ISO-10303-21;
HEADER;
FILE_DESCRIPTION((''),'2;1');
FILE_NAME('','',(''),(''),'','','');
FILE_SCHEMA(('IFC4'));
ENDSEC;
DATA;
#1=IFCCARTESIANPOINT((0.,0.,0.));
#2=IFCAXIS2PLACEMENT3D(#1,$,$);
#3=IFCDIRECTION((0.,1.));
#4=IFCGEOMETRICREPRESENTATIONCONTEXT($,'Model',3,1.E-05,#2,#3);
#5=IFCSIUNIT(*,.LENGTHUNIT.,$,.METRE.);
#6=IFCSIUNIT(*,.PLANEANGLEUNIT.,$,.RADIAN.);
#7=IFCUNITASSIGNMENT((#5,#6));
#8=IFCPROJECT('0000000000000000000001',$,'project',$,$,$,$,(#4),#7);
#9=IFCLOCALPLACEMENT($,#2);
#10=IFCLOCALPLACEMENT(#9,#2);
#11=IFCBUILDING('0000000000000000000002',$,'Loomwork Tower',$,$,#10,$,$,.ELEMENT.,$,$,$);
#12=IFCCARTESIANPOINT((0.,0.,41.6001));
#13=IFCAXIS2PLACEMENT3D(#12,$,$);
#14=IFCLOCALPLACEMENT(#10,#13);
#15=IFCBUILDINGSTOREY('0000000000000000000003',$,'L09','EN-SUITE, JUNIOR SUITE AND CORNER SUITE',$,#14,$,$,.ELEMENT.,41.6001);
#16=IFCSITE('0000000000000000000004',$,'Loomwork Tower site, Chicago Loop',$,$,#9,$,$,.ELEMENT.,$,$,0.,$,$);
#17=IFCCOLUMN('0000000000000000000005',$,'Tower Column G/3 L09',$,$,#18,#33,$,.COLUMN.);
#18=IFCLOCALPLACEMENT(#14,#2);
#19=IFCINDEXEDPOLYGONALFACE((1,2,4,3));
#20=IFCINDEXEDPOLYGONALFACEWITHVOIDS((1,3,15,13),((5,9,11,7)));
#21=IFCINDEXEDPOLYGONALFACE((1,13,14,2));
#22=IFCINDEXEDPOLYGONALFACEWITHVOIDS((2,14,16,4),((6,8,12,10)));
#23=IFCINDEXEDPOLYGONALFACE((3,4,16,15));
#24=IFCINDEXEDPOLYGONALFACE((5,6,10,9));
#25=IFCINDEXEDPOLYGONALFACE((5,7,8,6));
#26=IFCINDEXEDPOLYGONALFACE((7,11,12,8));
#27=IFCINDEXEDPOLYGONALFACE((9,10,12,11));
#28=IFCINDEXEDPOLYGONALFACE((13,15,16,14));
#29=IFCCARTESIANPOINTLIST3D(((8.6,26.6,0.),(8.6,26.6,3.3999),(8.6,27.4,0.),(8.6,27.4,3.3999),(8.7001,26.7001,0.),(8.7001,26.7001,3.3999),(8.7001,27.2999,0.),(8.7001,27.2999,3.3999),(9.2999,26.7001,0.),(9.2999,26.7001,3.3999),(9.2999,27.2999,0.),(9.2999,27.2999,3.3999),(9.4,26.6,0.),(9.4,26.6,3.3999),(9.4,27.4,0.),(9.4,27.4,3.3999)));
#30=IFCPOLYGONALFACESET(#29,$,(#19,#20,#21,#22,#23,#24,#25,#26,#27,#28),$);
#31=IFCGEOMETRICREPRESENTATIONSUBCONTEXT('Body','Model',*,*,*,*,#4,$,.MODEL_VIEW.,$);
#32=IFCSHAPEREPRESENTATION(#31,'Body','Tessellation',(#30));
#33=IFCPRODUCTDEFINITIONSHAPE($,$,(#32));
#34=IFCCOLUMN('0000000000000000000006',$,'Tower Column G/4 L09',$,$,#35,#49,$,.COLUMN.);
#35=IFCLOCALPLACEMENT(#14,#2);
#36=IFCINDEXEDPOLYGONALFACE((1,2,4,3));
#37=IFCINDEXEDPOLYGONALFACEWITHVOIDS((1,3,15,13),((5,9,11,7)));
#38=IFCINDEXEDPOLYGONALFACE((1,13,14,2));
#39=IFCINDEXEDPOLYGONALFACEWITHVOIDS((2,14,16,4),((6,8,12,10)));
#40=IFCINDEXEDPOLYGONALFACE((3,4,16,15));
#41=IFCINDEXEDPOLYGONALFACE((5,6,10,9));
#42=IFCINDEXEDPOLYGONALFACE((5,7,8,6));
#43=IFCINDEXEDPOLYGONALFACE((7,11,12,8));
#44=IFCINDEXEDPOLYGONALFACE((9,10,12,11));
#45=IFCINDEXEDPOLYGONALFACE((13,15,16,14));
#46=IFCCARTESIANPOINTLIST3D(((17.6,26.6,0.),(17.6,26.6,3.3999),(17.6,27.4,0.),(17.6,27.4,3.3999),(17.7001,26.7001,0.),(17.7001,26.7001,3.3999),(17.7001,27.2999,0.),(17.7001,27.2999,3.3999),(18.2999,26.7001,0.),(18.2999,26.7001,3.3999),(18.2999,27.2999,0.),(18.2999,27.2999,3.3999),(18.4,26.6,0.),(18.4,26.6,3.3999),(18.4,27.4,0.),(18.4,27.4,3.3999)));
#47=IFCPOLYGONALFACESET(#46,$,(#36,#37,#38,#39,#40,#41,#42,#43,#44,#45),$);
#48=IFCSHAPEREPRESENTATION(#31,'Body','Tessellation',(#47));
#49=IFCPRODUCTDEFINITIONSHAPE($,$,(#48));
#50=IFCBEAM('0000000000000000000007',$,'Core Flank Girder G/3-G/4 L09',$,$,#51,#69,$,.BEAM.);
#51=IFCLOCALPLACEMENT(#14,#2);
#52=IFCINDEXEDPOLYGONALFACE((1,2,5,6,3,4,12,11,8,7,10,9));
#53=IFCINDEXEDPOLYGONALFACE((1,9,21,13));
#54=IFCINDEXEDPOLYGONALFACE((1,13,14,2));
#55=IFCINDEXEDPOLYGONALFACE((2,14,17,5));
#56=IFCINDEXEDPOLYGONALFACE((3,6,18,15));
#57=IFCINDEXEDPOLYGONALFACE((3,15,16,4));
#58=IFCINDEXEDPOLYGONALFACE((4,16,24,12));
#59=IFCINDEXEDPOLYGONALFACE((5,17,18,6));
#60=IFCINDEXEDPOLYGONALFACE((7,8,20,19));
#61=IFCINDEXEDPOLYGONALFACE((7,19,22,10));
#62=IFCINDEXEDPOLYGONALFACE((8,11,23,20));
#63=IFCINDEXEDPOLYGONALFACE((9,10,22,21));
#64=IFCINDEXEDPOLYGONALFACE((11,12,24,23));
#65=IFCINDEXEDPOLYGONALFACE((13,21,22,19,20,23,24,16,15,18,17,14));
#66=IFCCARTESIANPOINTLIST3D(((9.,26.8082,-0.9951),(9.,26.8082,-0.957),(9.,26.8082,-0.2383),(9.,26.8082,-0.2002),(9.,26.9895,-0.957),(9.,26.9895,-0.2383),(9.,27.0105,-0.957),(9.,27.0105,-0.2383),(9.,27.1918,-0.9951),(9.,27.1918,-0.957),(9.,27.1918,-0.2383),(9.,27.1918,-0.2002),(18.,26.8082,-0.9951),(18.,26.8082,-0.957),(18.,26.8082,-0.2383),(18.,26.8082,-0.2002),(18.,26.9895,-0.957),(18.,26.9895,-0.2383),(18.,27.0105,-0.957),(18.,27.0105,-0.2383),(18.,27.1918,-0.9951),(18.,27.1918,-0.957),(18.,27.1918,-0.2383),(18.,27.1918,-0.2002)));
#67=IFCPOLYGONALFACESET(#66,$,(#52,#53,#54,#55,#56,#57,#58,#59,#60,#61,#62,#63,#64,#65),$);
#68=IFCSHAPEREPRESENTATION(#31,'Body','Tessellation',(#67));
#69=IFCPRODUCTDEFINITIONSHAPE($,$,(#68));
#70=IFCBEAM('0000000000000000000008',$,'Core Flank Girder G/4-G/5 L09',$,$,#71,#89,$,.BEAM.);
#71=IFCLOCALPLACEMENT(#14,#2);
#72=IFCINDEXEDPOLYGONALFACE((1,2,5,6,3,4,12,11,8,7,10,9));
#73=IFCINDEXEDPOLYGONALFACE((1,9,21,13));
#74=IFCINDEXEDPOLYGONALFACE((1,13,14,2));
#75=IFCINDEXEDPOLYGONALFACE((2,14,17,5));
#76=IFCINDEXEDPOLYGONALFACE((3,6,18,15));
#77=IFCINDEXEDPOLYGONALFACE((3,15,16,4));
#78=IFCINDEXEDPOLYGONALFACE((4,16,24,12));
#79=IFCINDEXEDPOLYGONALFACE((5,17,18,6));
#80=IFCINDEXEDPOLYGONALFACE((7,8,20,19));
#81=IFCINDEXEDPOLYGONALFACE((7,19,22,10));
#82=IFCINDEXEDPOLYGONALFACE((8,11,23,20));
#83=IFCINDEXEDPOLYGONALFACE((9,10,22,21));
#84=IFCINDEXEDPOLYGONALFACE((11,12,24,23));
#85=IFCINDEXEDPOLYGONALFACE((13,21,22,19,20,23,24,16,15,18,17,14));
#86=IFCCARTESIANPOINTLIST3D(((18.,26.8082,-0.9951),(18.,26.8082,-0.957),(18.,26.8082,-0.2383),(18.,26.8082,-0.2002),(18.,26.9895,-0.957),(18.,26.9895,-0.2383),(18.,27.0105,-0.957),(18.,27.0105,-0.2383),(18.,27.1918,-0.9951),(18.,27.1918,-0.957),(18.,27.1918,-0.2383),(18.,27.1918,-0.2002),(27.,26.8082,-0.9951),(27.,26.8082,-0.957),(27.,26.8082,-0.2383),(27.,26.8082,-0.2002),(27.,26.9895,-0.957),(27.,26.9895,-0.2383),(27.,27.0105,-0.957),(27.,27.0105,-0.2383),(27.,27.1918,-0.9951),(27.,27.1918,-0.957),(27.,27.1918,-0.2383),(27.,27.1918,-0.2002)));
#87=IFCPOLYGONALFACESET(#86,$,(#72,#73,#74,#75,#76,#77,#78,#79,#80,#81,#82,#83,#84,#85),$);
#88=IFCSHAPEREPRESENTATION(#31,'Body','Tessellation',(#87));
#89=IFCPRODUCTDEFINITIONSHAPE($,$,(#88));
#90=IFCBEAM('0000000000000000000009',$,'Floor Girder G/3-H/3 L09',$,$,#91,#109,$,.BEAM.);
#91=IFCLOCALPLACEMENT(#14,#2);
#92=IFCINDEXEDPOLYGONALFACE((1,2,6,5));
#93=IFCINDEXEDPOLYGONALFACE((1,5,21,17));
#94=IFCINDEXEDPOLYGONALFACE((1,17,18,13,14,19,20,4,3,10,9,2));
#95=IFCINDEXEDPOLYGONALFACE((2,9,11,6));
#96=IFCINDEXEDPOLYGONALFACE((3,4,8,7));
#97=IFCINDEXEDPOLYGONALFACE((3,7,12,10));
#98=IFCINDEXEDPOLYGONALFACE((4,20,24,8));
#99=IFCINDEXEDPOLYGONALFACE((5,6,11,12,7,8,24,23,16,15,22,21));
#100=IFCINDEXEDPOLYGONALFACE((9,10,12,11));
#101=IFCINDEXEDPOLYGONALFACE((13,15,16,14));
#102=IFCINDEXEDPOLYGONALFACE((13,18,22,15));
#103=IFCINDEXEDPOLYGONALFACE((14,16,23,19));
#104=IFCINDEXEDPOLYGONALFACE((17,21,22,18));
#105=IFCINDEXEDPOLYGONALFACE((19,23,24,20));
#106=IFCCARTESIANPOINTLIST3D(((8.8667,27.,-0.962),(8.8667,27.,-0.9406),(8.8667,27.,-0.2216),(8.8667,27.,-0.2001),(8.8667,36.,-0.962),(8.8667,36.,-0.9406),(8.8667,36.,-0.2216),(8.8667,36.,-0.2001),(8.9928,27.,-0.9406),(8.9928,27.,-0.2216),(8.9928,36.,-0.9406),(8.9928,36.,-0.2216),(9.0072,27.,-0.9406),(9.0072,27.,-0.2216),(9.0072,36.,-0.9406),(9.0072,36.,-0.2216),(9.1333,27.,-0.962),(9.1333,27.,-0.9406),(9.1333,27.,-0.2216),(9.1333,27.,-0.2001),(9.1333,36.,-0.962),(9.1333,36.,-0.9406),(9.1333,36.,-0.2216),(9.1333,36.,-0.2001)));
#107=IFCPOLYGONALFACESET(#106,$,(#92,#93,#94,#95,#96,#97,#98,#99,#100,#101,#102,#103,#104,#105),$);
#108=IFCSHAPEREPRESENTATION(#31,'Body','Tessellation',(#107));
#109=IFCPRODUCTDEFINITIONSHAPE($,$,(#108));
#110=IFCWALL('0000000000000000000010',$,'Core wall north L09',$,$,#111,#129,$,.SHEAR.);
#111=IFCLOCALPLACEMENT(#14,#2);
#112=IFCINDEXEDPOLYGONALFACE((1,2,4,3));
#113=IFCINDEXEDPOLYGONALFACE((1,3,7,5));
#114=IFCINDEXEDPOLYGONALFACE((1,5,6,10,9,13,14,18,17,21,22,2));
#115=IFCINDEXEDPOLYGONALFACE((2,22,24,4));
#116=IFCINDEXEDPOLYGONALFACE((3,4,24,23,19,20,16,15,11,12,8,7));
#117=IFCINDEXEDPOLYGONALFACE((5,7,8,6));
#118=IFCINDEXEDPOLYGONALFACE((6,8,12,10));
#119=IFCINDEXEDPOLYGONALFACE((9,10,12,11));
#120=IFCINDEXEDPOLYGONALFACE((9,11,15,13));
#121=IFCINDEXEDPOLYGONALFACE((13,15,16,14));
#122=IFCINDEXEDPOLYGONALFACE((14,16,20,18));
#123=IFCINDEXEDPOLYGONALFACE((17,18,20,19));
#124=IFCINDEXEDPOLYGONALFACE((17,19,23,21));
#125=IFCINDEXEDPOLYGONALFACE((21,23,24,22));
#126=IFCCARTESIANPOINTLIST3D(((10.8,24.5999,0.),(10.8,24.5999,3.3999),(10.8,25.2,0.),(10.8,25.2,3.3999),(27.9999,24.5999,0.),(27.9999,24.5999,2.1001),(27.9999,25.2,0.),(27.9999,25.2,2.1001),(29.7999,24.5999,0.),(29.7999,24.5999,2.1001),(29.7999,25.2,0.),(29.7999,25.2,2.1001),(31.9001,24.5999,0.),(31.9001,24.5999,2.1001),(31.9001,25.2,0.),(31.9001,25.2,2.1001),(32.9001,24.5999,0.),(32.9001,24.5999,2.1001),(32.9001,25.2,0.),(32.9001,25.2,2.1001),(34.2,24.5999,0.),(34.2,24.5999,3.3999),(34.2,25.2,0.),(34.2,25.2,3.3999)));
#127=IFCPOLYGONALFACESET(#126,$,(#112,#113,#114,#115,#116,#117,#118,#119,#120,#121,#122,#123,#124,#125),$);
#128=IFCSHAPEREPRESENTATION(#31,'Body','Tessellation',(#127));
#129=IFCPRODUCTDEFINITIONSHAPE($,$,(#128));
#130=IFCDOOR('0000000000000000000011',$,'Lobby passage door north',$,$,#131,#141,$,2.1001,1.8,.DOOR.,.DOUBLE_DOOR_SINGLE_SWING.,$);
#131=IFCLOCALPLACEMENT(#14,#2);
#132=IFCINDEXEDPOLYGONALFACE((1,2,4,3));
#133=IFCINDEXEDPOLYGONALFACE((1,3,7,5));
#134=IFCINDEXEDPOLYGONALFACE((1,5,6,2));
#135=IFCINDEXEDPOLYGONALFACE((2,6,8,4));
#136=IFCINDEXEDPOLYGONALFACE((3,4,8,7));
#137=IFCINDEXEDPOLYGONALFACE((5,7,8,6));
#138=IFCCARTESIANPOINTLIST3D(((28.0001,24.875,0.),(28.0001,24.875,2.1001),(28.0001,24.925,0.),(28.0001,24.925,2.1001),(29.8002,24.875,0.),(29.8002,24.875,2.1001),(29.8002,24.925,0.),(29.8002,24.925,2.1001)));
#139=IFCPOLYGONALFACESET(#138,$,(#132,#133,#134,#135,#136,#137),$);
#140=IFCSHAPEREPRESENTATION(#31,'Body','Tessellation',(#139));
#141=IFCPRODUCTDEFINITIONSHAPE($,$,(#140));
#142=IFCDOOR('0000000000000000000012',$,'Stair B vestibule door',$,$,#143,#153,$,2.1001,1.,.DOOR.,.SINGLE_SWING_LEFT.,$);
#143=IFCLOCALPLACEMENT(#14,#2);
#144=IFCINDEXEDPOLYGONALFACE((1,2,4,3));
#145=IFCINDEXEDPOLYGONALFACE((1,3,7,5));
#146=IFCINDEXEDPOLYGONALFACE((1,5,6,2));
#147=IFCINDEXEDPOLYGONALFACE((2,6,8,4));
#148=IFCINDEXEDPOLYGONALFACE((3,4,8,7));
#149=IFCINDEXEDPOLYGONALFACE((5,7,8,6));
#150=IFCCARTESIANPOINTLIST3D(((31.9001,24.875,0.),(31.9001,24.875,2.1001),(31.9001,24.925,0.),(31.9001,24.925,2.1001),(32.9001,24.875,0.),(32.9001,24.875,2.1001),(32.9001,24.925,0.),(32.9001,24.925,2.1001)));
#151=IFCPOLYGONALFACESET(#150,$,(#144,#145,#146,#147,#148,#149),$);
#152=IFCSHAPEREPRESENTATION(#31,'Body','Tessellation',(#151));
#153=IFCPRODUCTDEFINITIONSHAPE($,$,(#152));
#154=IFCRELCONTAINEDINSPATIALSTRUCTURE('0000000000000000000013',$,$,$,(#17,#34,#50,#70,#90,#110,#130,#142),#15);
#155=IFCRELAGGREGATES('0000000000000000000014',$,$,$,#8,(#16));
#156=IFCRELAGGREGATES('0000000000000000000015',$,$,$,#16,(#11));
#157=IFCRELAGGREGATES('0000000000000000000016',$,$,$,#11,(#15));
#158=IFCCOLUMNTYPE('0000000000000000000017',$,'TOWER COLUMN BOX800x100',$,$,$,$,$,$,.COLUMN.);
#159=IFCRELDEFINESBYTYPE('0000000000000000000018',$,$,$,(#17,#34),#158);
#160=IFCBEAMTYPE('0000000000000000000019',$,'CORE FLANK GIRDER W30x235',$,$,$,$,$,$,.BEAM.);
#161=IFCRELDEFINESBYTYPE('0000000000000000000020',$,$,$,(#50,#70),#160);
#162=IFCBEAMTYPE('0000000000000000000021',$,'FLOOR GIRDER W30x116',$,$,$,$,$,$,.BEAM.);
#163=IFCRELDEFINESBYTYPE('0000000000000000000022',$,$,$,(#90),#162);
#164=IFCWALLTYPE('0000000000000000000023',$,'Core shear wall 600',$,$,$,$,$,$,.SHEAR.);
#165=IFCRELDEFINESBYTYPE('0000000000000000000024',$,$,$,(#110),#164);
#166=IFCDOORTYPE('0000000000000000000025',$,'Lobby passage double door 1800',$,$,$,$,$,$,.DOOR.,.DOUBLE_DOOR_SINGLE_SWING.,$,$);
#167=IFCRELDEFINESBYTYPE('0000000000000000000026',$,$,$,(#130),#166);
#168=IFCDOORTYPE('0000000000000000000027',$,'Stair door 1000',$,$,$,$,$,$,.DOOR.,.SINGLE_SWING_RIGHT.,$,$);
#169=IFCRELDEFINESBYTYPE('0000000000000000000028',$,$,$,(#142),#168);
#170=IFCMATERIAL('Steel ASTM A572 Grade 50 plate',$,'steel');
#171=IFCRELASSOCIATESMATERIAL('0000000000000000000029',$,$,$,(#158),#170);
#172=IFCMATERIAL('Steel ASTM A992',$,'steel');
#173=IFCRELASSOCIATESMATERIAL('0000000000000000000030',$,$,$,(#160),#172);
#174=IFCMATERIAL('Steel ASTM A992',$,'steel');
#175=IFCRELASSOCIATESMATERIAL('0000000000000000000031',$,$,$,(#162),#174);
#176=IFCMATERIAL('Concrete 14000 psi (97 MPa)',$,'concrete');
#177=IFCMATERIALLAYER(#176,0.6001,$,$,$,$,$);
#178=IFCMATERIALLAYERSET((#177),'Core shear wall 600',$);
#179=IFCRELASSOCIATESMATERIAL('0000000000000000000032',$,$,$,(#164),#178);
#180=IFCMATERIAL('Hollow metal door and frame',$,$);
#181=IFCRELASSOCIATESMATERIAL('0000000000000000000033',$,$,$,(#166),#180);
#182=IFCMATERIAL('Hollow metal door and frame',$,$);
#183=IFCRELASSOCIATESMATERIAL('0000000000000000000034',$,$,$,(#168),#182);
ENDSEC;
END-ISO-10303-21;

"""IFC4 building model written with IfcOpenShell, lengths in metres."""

from ifc_helpers import new_model, si_unit, direction, frame, frame_2d, origin, origin_2d, place, context, subcontext, project, spatial, rectangle, hollow_rectangle, i_section, extrude, material, layer, layer_set, material_profile, profile_set, type_object, element, fill, save


model = new_model("IFC4")

# Units and contexts
model_context = context("Model", 3, precision=1e-05, world=origin(), true_north=direction((0.0, 1.0)))
body_context = subcontext(model_context, "Body", "Model", "MODEL_VIEW")
ifc_project = project(units=[si_unit("LENGTHUNIT", "METRE"), si_unit("PLANEANGLEUNIT", "RADIAN")], contexts=[model_context])

# Site, building, storey
site_placement = place(None, origin())
site = spatial("IfcSite", under=ifc_project, at=site_placement, Name="Loomwork Tower site, Chicago Loop", CompositionType="ELEMENT", RefElevation=0.0)
building_placement = place(site_placement, origin())
building = spatial("IfcBuilding", under=site, at=building_placement, Name="Loomwork Tower", CompositionType="ELEMENT")
storey_placement = place(building_placement, frame((0.0, 0.0, 41.6001)))
storey = spatial("IfcBuildingStorey", under=building, at=storey_placement, Name="L09", Description="EN-SUITE, JUNIOR SUITE AND CORNER SUITE", CompositionType="ELEMENT", Elevation=41.6001)

# Columns
ifc_material_1 = material(Name="Steel ASTM A572 Grade 50 plate", Category="steel")
ifc_material_profile_1 = material_profile(ifc_material_1, hollow_rectangle(XDim=0.8, YDim=0.8, WallThickness=0.1001, at=origin_2d()), Name="BOX800x100")
ifc_profile_set_1 = profile_set([ifc_material_profile_1], Name="Steel ASTM A572 Grade 50 plate")
column_type = type_object("IfcColumnType", Name="TOWER COLUMN BOX800x100", PredefinedType="COLUMN", material=ifc_profile_set_1)
for number, where, z_axis, x_axis, name in (
    (1, (9.0, 27.0, 0.0), (0.0, 0.0, 1.0), (1.0, 0.0, 0.0), "Tower Column G/3 L09"),
    (2, (18.0, 27.0, 0.0), (0.0, 0.0, 1.0), (1.0, 0.0, 0.0), "Tower Column G/4 L09"),
):
    element("IfcColumn", number, at=place(storey_placement, frame(where, z_axis=z_axis, x_axis=x_axis)), inside=storey, type_object=column_type, Name=name, PredefinedType="COLUMN", context=body_context, shape_type="SweptSolid", body=[
        extrude(hollow_rectangle(XDim=0.8, YDim=0.8, WallThickness=0.1001, at=origin_2d()), origin(), (0.0, 0.0, 1.0), 3.3999),
    ])

# Beams
ifc_material_2 = material(Name="Steel ASTM A992", Category="steel")
ifc_material_profile_2 = material_profile(ifc_material_2, i_section(OverallWidth=0.3835, OverallDepth=0.7949, WebThickness=0.021, FlangeThickness=0.0381, at=origin_2d()), Name="W30x235")
ifc_profile_set_2 = profile_set([ifc_material_profile_2], Name="Steel ASTM A992")
beam_type_1 = type_object("IfcBeamType", Name="CORE FLANK GIRDER W30x235", PredefinedType="BEAM", material=ifc_profile_set_2)
for number, where, z_axis, x_axis, name in (
    (3, (9.0, 27.0, -0.5977), (1.0, 0.0, 0.0), (0.0, 1.0, 0.0), "Core Flank Girder G/3-G/4 L09"),
    (4, (18.0, 27.0, -0.5977), (1.0, 0.0, 0.0), (0.0, 1.0, 0.0), "Core Flank Girder G/4-G/5 L09"),
):
    element("IfcBeam", number, at=place(storey_placement, frame(where, z_axis=z_axis, x_axis=x_axis)), inside=storey, type_object=beam_type_1, Name=name, PredefinedType="BEAM", context=body_context, shape_type="SweptSolid", body=[
        extrude(i_section(OverallWidth=0.3835, OverallDepth=0.7949, WebThickness=0.021, FlangeThickness=0.0381, at=origin_2d()), origin(), (0.0, 0.0, 1.0), 9.0),
    ])
ifc_material_3 = material(Name="Steel ASTM A992", Category="steel")
ifc_material_profile_3 = material_profile(ifc_material_3, i_section(OverallWidth=0.2666, OverallDepth=0.762, WebThickness=0.0144, FlangeThickness=0.0215, at=origin_2d()), Name="W30x116")
ifc_profile_set_3 = profile_set([ifc_material_profile_3], Name="Steel ASTM A992")
beam_type_2 = type_object("IfcBeamType", Name="FLOOR GIRDER W30x116", PredefinedType="BEAM", material=ifc_profile_set_3)
beam_placement = place(storey_placement, frame((9.0, 27.0, -0.5811), z_axis=(0.0, 1.0, 0.0), x_axis=(-1.0, 0.0, 0.0)))
element("IfcBeam", 5, at=beam_placement, inside=storey, type_object=beam_type_2, Name="Floor Girder G/3-H/3 L09", PredefinedType="BEAM", context=body_context, shape_type="SweptSolid", body=[
    extrude(i_section(OverallWidth=0.2666, OverallDepth=0.762, WebThickness=0.0144, FlangeThickness=0.0215, at=origin_2d()), origin(), (0.0, 0.0, 1.0), 9.0),
])

# Wall, openings, doors
ifc_material_4 = material(Name="Concrete 14000 psi (97 MPa)", Category="concrete")
ifc_layer_1 = layer(ifc_material_4, 0.6001)
ifc_layer_set_1 = layer_set([ifc_layer_1], Name="Core shear wall 600")
wall_type_1 = type_object("IfcWallType", Name="Core shear wall 600", PredefinedType="SHEAR", material=ifc_layer_set_1)
wall_1_placement = place(storey_placement, frame((10.8, 24.8999, 0.0), z_axis=(0.0, 0.0, 1.0), x_axis=(1.0, 0.0, 0.0)))
wall_1 = element("IfcWall", 6, at=wall_1_placement, inside=storey, type_object=wall_type_1, Name="Core wall north L09", PredefinedType="SHEAR", context=body_context, shape_type="SweptSolid", body=[
    extrude(rectangle(XDim=23.3999, YDim=0.6001, at=frame_2d((11.7, 0.0))), origin(), (0.0, 0.0, 1.0), 3.3999),
])
opening_1_placement = place(wall_1_placement, frame((17.2, 0.0, 0.0)))
opening_1 = element("IfcOpeningElement", 7, at=opening_1_placement, cuts=wall_1, PredefinedType="OPENING", context=body_context, shape_type="SweptSolid", body=[
    extrude(rectangle(XDim=1.8, YDim=2.1001, at=frame_2d((0.8999, 1.05))), frame((0.0, 0.3101, 0.0), z_axis=(0.0, -1.0, 0.0), x_axis=(1.0, 0.0, 0.0)), (0.0, 0.0, 1.0), 0.6201),
])
opening_2_placement = place(wall_1_placement, frame((21.1001, 0.0, 0.0)))
opening_2 = element("IfcOpeningElement", 8, at=opening_2_placement, cuts=wall_1, PredefinedType="OPENING", context=body_context, shape_type="SweptSolid", body=[
    extrude(rectangle(XDim=1.0, YDim=2.1001, at=frame_2d((0.5, 1.05))), frame((0.0, 0.3101, 0.0), z_axis=(0.0, -1.0, 0.0), x_axis=(1.0, 0.0, 0.0)), (0.0, 0.0, 1.0), 0.6201),
])
ifc_material_5 = material(Name="Hollow metal door and frame")
door_type_1 = type_object("IfcDoorType", Name="Lobby passage double door 1800", OperationType="DOUBLE_DOOR_SINGLE_SWING", PredefinedType="DOOR", material=ifc_material_5)
door_1_placement = place(opening_1_placement, frame((1.8, 0.0, 0.0), z_axis=(0.0, 0.0, 1.0), x_axis=(-1.0, 0.0, 0.0)))
door_1 = element("IfcDoor", 9, at=door_1_placement, inside=storey, type_object=door_type_1, Name="Lobby passage door north", OperationType="DOUBLE_DOOR_SINGLE_SWING", OverallHeight=2.1001, OverallWidth=1.8, PredefinedType="DOOR", context=body_context, shape_type="SweptSolid", body=[
    extrude(rectangle(XDim=1.8, YDim=2.1001, at=frame_2d((0.8999, 1.05))), frame((0.0, 0.0249, 0.0), z_axis=(0.0, -1.0, 0.0), x_axis=(1.0, 0.0, 0.0)), (0.0, 0.0, 1.0), 0.05),
])
fill(opening_1, door_1)
ifc_material_6 = material(Name="Hollow metal door and frame")
door_type_2 = type_object("IfcDoorType", Name="Stair door 1000", OperationType="SINGLE_SWING_RIGHT", PredefinedType="DOOR", material=ifc_material_6)
door_2_placement = place(opening_2_placement, frame((1.0, 0.0, 0.0), z_axis=(0.0, 0.0, 1.0), x_axis=(-1.0, 0.0, 0.0)))
door_2 = element("IfcDoor", 10, at=door_2_placement, inside=storey, type_object=door_type_2, Name="Stair B vestibule door", OperationType="SINGLE_SWING_LEFT", OverallHeight=2.1001, OverallWidth=1.0, PredefinedType="DOOR", context=body_context, shape_type="SweptSolid", body=[
    extrude(rectangle(XDim=1.0, YDim=2.1001, at=frame_2d((0.5, 1.05))), frame((0.0, 0.0249, 0.0), z_axis=(0.0, -1.0, 0.0), x_axis=(1.0, 0.0, 0.0)), (0.0, 0.0, 1.0), 0.05),
])
fill(opening_2, door_2)

save(model, "model.ifc")
